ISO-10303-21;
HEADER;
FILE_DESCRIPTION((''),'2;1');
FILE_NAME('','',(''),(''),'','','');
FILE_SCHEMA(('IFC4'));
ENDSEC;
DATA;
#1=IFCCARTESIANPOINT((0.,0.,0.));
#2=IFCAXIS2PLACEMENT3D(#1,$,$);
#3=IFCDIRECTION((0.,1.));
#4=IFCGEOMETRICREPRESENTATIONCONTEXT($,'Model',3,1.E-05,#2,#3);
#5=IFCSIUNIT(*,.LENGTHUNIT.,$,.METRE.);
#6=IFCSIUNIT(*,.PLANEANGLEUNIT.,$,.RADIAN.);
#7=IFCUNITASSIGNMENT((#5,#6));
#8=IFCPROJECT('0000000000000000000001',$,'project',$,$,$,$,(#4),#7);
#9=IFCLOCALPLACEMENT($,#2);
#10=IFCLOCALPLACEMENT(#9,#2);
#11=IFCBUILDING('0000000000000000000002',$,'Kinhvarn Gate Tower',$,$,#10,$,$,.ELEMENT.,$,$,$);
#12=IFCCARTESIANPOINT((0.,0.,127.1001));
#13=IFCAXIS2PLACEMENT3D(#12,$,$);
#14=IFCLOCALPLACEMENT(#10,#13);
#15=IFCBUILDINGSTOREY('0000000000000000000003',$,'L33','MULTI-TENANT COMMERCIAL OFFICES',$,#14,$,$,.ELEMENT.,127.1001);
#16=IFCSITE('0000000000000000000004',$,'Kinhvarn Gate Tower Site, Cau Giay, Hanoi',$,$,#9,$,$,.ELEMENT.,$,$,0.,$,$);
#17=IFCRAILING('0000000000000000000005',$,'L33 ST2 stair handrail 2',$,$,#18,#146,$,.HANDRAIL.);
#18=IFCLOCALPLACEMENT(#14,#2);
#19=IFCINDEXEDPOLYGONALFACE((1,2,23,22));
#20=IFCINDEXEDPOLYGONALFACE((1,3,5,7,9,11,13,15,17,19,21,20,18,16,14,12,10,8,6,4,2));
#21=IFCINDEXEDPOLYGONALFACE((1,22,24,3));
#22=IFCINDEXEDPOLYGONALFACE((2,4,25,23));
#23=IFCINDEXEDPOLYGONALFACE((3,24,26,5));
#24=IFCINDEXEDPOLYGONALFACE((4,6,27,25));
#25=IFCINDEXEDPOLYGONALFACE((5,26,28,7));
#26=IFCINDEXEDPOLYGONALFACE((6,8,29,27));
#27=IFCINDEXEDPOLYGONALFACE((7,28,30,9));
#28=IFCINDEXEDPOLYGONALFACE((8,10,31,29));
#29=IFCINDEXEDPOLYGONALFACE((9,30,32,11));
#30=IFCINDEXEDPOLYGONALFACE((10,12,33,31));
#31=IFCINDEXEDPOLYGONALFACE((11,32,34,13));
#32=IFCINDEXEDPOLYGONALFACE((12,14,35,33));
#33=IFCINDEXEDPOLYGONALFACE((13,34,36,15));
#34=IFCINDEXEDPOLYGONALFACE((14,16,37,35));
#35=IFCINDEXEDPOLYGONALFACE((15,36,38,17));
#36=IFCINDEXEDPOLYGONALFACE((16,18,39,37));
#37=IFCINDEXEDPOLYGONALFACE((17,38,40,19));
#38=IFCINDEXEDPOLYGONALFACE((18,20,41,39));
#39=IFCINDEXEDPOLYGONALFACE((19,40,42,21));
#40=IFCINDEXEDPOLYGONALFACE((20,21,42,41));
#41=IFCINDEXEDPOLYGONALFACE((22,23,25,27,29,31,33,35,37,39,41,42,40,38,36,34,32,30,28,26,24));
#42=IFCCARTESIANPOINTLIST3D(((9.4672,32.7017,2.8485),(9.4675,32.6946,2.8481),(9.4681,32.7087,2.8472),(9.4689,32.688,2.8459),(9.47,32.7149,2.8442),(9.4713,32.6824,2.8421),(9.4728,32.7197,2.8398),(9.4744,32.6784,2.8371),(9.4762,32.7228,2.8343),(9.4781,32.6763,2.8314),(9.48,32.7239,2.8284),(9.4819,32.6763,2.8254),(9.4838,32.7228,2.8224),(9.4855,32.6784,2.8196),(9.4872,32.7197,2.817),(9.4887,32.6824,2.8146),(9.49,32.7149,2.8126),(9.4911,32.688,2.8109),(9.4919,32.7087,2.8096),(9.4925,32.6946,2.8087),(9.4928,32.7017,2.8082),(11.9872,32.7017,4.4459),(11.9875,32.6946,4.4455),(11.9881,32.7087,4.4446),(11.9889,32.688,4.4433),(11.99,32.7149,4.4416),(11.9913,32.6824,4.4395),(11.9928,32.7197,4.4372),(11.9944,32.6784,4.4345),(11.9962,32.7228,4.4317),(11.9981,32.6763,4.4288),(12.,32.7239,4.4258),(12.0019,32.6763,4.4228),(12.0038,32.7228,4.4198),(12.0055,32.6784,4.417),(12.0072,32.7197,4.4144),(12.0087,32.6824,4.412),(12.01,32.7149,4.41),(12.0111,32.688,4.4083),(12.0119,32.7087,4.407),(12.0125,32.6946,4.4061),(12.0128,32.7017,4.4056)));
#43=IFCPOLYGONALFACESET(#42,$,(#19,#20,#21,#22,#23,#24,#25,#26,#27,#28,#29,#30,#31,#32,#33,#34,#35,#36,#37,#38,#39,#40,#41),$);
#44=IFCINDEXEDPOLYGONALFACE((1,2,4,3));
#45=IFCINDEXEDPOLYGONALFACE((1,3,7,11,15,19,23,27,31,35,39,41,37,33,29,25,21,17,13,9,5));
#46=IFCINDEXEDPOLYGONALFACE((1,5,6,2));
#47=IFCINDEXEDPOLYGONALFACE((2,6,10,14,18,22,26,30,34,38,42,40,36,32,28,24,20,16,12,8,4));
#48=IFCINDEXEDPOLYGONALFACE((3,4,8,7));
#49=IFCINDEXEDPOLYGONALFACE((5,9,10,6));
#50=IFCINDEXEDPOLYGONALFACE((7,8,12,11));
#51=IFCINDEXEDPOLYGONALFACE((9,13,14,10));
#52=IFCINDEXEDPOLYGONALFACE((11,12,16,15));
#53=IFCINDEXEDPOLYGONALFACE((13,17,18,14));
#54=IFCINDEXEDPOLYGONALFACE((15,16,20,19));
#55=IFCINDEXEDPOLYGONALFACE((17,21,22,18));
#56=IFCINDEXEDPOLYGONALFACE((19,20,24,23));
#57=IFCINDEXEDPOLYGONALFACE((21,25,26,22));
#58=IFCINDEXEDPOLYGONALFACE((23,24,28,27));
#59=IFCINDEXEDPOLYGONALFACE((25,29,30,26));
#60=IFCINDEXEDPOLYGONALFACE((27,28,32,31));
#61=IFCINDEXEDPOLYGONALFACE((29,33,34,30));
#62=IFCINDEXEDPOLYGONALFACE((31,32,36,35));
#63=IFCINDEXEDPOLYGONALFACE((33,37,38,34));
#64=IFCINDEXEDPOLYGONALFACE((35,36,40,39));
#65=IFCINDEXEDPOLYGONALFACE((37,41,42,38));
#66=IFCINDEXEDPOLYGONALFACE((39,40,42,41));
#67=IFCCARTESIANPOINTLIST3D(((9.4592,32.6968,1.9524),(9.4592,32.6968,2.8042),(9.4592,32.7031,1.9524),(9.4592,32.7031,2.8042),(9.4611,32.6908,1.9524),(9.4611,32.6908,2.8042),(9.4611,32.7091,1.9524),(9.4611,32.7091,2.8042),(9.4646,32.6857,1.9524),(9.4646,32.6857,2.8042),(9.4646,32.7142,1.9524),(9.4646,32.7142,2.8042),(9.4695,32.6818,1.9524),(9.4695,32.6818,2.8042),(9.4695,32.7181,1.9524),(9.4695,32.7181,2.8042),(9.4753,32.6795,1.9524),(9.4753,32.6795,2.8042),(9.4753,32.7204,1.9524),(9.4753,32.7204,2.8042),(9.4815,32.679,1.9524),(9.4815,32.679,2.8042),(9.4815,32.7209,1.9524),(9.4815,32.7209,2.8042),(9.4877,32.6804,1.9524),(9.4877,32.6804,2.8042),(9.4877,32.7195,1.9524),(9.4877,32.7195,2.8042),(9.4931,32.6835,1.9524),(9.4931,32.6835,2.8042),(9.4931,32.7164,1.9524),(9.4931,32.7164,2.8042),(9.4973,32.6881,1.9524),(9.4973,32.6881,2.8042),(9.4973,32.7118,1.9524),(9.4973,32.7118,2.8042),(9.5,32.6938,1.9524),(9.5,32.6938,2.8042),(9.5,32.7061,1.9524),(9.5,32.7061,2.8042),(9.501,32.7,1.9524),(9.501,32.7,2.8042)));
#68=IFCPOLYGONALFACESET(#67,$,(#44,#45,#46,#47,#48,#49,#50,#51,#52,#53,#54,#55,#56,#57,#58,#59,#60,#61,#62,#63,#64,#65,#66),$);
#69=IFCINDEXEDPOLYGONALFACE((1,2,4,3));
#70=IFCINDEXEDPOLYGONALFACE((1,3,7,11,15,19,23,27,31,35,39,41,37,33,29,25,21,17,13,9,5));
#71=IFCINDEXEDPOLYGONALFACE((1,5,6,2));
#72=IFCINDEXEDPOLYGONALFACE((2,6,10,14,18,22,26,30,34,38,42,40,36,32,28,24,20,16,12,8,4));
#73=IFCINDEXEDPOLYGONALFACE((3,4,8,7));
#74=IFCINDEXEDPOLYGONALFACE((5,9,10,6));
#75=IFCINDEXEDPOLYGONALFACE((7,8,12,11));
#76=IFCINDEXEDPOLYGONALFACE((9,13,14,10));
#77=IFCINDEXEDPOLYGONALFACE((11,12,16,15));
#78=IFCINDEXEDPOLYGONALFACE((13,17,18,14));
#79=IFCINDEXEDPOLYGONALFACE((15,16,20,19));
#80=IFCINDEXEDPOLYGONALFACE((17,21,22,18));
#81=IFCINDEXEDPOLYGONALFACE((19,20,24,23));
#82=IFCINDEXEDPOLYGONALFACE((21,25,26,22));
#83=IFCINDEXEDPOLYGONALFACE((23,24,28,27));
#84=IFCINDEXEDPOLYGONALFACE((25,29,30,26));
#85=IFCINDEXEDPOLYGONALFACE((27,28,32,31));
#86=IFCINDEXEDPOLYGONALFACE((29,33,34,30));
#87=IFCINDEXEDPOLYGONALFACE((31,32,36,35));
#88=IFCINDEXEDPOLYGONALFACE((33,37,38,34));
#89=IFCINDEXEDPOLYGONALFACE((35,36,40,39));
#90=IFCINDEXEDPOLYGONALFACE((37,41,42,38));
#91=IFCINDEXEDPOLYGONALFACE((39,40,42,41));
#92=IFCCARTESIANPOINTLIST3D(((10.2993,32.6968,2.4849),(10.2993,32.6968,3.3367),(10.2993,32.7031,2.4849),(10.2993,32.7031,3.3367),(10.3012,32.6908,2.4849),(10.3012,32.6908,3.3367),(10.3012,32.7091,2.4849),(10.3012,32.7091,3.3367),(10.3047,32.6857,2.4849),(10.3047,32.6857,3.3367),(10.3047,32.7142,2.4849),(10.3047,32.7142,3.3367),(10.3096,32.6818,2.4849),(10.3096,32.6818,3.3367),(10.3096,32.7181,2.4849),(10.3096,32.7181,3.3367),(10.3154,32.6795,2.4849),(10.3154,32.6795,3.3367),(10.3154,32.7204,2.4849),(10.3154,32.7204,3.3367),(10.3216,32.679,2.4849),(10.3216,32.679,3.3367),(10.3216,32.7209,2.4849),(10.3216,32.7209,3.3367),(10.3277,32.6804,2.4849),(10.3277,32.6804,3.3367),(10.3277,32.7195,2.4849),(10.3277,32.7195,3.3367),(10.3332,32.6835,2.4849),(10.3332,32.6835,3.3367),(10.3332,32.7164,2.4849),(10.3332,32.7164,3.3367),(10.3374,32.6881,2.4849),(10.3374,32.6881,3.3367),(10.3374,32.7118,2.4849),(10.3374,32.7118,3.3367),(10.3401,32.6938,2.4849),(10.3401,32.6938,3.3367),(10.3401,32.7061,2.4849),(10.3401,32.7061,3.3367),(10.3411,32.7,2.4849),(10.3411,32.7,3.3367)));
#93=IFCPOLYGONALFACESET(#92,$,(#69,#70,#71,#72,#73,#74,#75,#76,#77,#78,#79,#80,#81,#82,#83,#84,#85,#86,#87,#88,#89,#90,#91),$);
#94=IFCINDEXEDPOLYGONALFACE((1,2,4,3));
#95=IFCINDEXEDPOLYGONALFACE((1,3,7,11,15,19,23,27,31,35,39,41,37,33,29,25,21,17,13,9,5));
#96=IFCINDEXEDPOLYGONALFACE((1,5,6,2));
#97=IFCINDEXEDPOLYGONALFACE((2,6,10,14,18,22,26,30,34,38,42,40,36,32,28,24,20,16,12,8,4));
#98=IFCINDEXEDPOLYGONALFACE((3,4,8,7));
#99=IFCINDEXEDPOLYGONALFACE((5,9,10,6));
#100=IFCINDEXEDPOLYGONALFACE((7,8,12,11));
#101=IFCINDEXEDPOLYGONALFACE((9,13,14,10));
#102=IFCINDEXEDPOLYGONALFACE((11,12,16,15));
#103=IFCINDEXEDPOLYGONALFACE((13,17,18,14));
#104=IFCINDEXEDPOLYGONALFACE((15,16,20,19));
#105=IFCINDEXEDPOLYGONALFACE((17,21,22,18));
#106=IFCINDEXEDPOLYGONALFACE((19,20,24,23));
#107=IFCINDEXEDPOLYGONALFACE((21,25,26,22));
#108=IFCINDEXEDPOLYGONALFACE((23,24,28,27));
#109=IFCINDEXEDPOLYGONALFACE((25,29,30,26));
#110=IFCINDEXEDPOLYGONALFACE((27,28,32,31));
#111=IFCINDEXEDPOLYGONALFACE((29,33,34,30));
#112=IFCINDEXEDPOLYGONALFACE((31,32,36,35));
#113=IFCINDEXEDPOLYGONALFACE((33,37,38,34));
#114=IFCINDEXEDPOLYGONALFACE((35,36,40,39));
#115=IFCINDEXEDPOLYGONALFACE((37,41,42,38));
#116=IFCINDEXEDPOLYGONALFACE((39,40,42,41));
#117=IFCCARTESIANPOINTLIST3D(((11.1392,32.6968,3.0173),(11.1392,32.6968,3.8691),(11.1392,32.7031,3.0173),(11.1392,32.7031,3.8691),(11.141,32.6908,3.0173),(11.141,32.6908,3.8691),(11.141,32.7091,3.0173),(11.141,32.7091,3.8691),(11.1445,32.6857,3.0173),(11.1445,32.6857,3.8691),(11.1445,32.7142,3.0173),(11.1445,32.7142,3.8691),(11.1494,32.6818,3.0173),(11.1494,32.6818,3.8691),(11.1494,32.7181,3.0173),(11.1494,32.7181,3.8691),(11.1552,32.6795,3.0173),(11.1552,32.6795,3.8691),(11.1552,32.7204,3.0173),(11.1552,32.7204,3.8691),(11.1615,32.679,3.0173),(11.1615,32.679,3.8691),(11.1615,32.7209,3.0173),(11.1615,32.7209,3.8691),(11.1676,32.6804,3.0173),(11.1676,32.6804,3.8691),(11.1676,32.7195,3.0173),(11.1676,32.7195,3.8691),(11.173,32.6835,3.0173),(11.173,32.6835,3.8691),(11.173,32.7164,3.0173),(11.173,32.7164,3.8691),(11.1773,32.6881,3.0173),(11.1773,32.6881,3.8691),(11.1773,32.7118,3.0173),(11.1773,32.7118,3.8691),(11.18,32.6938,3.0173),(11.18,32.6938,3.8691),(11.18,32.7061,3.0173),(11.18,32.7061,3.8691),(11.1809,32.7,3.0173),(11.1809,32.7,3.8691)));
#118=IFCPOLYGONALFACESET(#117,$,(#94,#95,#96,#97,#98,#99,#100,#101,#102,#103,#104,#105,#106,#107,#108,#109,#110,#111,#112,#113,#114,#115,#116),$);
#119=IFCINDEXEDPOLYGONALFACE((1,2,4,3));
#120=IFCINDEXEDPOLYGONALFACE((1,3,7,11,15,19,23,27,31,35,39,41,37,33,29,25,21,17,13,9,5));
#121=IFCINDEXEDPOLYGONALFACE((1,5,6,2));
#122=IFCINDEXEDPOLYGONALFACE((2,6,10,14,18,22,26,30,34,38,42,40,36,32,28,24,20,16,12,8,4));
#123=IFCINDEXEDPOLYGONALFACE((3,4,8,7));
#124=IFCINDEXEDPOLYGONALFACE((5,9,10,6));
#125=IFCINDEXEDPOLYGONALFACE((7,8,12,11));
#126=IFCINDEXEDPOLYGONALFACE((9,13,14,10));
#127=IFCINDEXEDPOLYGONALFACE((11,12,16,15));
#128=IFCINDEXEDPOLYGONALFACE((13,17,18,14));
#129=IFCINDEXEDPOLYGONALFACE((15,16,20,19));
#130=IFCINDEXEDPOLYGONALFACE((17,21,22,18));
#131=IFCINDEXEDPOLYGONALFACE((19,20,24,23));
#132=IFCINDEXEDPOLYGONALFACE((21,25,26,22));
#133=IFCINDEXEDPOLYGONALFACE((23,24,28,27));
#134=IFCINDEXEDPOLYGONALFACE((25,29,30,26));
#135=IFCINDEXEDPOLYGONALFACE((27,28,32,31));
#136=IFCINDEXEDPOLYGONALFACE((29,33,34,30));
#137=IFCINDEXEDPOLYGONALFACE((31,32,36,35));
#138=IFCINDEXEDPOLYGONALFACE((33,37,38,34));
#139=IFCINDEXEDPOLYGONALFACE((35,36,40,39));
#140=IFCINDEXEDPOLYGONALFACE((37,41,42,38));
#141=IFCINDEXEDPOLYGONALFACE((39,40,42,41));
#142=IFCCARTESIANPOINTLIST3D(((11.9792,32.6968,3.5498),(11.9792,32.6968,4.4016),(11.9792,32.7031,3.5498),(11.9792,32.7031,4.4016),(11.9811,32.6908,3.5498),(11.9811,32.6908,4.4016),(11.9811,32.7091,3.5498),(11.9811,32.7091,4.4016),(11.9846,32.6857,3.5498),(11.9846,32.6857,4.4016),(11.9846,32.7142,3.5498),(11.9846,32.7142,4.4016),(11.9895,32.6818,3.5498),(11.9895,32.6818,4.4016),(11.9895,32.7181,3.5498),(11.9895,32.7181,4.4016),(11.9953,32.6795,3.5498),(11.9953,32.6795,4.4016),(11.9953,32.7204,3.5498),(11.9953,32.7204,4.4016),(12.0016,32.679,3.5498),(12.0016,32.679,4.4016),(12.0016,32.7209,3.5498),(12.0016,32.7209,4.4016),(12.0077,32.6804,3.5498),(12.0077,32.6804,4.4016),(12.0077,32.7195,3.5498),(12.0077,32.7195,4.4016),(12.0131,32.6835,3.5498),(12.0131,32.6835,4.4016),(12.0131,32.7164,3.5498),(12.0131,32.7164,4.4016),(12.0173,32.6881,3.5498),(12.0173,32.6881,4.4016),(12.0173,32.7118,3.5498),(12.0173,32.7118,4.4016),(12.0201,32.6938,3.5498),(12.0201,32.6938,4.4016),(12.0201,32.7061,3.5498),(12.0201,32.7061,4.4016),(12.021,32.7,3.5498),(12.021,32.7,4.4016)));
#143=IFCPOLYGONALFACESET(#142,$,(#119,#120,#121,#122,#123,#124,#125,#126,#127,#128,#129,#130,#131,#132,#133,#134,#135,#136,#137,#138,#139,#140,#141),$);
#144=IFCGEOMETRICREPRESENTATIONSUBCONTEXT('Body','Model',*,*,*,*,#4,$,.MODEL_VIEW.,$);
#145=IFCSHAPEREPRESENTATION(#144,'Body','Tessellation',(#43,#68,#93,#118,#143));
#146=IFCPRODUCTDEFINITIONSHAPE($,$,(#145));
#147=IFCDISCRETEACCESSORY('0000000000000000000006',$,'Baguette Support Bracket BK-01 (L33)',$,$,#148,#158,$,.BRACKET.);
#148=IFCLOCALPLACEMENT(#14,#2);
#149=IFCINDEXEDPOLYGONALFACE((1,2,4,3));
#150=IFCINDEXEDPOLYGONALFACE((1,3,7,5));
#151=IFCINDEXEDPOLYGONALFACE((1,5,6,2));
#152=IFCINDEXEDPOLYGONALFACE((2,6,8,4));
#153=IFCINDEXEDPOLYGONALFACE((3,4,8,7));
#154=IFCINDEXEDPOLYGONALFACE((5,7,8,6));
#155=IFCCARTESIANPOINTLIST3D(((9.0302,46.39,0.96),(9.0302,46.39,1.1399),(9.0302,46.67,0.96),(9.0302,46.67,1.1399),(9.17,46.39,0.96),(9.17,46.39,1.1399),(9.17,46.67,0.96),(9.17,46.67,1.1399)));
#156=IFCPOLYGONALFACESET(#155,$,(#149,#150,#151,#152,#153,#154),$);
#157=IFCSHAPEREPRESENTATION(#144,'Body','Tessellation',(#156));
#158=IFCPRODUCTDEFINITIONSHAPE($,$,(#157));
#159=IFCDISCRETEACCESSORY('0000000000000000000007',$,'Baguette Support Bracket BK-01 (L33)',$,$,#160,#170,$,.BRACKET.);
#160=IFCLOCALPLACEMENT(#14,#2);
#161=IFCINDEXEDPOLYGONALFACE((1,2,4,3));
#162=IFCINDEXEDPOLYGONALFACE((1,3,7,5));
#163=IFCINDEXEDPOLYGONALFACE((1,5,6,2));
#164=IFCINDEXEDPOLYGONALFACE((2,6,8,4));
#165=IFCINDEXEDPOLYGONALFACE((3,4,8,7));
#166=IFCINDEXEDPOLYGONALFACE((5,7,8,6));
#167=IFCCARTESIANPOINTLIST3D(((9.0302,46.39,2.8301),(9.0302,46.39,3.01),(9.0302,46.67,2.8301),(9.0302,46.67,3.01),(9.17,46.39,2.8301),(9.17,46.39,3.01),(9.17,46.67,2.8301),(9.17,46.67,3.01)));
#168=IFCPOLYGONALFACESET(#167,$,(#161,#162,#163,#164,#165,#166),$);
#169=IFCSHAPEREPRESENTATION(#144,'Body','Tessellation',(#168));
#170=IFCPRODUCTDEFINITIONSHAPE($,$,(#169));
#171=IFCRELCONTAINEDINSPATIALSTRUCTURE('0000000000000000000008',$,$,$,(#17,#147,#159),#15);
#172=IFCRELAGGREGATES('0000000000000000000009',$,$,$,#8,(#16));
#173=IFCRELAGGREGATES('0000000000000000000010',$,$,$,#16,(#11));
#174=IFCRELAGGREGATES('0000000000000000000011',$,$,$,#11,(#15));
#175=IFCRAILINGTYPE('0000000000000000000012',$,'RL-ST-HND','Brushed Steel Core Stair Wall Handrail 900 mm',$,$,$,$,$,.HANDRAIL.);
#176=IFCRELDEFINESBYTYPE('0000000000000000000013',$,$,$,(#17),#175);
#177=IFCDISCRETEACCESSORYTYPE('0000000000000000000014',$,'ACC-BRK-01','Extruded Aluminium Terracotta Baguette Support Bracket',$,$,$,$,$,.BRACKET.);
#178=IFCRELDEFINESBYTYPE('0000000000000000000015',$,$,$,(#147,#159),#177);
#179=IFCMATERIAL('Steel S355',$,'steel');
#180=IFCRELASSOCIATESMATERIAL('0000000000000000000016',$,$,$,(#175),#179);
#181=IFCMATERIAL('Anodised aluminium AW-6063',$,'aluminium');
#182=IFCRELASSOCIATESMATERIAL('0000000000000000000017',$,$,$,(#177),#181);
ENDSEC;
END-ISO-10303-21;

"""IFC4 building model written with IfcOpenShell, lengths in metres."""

from ifc_helpers import new_model, si_unit, direction, frame, origin, origin_2d, place, context, subcontext, project, spatial, rectangle, circle, extrude, material, type_object, element, save


model = new_model("IFC4")

# Units and contexts
model_context = context("Model", 3, precision=1e-05, world=origin(), true_north=direction((0.0, 1.0)))
body_context = subcontext(model_context, "Body", "Model", "MODEL_VIEW")
ifc_project = project(units=[si_unit("LENGTHUNIT", "METRE"), si_unit("PLANEANGLEUNIT", "RADIAN")], contexts=[model_context])

# Site, building, storey
site_placement = place(None, origin())
site = spatial("IfcSite", under=ifc_project, at=site_placement, Name="Kinhvarn Gate Tower Site, Cau Giay, Hanoi", CompositionType="ELEMENT", RefElevation=0.0)
building_placement = place(site_placement, origin())
building = spatial("IfcBuilding", under=site, at=building_placement, Name="Kinhvarn Gate Tower", CompositionType="ELEMENT")
storey_placement = place(building_placement, frame((0.0, 0.0, 127.1001)))
storey = spatial("IfcBuildingStorey", under=building, at=storey_placement, Name="L33", Description="MULTI-TENANT COMMERCIAL OFFICES", CompositionType="ELEMENT", Elevation=127.1001)

# Shared definitions
ifc_material_1 = material(Name="Anodised aluminium AW-6063", Category="aluminium")

# Shared definitions
ifc_material_2 = material(Name="Steel S355", Category="steel")

# Railing
railing_type_1 = type_object("IfcRailingType", Name="RL-ST-HND", Description="Brushed Steel Core Stair Wall Handrail 900 mm", PredefinedType="HANDRAIL", material=ifc_material_2)
railing_1_placement = place(storey_placement, frame((9.48, 32.7, 1.9524)))
element("IfcRailing", 1, at=railing_1_placement, inside=storey, type_object=railing_type_1, Name="L33 ST2 stair handrail 2", PredefinedType="HANDRAIL", context=body_context, shape_type="SweptSolid", body=[
    extrude(circle(Radius=0.0239, at=origin_2d()), frame((0.0, 0.0, 0.876), z_axis=(0.844607, 0.0, 0.535387), x_axis=(0.0, 1.0, 0.0)), (0.0, 0.0, 1.0), 2.9836),
    extrude(circle(Radius=0.021, at=origin_2d()), origin(), (0.0, 0.0, 1.0), 0.8518),
    extrude(circle(Radius=0.021, at=origin_2d()), frame((0.8401, 0.0, 0.5325)), (0.0, 0.0, 1.0), 0.8518),
    extrude(circle(Radius=0.021, at=origin_2d()), frame((1.6799, 0.0, 1.0649)), (0.0, 0.0, 1.0), 0.8518),
    extrude(circle(Radius=0.021, at=origin_2d()), frame((2.52, 0.0, 1.5974)), (0.0, 0.0, 1.0), 0.8518),
])

# Discrete accessories
discrete_accessory_type = type_object("IfcDiscreteAccessoryType", Name="ACC-BRK-01", Description="Extruded Aluminium Terracotta Baguette Support Bracket", PredefinedType="BRACKET", material=ifc_material_1)
for number, where, z_axis, x_axis, name in (
    (2, (9.1001, 46.53, 0.96), (0.0, 0.0, 1.0), (-1.0, 0.0, 0.0), "Baguette Support Bracket BK-01 (L33)"),
    (3, (9.1001, 46.53, 2.8301), (0.0, 0.0, 1.0), (-1.0, 0.0, 0.0), "Baguette Support Bracket BK-01 (L33)"),
):
    element("IfcDiscreteAccessory", number, at=place(storey_placement, frame(where, z_axis=z_axis, x_axis=x_axis)), inside=storey, type_object=discrete_accessory_type, Name=name, PredefinedType="BRACKET", context=body_context, shape_type="SweptSolid", body=[
        extrude(rectangle(XDim=0.1399, YDim=0.28, at=origin_2d()), origin(), (0.0, 0.0, 1.0), 0.1799),
    ])

save(model, "model.ifc")
